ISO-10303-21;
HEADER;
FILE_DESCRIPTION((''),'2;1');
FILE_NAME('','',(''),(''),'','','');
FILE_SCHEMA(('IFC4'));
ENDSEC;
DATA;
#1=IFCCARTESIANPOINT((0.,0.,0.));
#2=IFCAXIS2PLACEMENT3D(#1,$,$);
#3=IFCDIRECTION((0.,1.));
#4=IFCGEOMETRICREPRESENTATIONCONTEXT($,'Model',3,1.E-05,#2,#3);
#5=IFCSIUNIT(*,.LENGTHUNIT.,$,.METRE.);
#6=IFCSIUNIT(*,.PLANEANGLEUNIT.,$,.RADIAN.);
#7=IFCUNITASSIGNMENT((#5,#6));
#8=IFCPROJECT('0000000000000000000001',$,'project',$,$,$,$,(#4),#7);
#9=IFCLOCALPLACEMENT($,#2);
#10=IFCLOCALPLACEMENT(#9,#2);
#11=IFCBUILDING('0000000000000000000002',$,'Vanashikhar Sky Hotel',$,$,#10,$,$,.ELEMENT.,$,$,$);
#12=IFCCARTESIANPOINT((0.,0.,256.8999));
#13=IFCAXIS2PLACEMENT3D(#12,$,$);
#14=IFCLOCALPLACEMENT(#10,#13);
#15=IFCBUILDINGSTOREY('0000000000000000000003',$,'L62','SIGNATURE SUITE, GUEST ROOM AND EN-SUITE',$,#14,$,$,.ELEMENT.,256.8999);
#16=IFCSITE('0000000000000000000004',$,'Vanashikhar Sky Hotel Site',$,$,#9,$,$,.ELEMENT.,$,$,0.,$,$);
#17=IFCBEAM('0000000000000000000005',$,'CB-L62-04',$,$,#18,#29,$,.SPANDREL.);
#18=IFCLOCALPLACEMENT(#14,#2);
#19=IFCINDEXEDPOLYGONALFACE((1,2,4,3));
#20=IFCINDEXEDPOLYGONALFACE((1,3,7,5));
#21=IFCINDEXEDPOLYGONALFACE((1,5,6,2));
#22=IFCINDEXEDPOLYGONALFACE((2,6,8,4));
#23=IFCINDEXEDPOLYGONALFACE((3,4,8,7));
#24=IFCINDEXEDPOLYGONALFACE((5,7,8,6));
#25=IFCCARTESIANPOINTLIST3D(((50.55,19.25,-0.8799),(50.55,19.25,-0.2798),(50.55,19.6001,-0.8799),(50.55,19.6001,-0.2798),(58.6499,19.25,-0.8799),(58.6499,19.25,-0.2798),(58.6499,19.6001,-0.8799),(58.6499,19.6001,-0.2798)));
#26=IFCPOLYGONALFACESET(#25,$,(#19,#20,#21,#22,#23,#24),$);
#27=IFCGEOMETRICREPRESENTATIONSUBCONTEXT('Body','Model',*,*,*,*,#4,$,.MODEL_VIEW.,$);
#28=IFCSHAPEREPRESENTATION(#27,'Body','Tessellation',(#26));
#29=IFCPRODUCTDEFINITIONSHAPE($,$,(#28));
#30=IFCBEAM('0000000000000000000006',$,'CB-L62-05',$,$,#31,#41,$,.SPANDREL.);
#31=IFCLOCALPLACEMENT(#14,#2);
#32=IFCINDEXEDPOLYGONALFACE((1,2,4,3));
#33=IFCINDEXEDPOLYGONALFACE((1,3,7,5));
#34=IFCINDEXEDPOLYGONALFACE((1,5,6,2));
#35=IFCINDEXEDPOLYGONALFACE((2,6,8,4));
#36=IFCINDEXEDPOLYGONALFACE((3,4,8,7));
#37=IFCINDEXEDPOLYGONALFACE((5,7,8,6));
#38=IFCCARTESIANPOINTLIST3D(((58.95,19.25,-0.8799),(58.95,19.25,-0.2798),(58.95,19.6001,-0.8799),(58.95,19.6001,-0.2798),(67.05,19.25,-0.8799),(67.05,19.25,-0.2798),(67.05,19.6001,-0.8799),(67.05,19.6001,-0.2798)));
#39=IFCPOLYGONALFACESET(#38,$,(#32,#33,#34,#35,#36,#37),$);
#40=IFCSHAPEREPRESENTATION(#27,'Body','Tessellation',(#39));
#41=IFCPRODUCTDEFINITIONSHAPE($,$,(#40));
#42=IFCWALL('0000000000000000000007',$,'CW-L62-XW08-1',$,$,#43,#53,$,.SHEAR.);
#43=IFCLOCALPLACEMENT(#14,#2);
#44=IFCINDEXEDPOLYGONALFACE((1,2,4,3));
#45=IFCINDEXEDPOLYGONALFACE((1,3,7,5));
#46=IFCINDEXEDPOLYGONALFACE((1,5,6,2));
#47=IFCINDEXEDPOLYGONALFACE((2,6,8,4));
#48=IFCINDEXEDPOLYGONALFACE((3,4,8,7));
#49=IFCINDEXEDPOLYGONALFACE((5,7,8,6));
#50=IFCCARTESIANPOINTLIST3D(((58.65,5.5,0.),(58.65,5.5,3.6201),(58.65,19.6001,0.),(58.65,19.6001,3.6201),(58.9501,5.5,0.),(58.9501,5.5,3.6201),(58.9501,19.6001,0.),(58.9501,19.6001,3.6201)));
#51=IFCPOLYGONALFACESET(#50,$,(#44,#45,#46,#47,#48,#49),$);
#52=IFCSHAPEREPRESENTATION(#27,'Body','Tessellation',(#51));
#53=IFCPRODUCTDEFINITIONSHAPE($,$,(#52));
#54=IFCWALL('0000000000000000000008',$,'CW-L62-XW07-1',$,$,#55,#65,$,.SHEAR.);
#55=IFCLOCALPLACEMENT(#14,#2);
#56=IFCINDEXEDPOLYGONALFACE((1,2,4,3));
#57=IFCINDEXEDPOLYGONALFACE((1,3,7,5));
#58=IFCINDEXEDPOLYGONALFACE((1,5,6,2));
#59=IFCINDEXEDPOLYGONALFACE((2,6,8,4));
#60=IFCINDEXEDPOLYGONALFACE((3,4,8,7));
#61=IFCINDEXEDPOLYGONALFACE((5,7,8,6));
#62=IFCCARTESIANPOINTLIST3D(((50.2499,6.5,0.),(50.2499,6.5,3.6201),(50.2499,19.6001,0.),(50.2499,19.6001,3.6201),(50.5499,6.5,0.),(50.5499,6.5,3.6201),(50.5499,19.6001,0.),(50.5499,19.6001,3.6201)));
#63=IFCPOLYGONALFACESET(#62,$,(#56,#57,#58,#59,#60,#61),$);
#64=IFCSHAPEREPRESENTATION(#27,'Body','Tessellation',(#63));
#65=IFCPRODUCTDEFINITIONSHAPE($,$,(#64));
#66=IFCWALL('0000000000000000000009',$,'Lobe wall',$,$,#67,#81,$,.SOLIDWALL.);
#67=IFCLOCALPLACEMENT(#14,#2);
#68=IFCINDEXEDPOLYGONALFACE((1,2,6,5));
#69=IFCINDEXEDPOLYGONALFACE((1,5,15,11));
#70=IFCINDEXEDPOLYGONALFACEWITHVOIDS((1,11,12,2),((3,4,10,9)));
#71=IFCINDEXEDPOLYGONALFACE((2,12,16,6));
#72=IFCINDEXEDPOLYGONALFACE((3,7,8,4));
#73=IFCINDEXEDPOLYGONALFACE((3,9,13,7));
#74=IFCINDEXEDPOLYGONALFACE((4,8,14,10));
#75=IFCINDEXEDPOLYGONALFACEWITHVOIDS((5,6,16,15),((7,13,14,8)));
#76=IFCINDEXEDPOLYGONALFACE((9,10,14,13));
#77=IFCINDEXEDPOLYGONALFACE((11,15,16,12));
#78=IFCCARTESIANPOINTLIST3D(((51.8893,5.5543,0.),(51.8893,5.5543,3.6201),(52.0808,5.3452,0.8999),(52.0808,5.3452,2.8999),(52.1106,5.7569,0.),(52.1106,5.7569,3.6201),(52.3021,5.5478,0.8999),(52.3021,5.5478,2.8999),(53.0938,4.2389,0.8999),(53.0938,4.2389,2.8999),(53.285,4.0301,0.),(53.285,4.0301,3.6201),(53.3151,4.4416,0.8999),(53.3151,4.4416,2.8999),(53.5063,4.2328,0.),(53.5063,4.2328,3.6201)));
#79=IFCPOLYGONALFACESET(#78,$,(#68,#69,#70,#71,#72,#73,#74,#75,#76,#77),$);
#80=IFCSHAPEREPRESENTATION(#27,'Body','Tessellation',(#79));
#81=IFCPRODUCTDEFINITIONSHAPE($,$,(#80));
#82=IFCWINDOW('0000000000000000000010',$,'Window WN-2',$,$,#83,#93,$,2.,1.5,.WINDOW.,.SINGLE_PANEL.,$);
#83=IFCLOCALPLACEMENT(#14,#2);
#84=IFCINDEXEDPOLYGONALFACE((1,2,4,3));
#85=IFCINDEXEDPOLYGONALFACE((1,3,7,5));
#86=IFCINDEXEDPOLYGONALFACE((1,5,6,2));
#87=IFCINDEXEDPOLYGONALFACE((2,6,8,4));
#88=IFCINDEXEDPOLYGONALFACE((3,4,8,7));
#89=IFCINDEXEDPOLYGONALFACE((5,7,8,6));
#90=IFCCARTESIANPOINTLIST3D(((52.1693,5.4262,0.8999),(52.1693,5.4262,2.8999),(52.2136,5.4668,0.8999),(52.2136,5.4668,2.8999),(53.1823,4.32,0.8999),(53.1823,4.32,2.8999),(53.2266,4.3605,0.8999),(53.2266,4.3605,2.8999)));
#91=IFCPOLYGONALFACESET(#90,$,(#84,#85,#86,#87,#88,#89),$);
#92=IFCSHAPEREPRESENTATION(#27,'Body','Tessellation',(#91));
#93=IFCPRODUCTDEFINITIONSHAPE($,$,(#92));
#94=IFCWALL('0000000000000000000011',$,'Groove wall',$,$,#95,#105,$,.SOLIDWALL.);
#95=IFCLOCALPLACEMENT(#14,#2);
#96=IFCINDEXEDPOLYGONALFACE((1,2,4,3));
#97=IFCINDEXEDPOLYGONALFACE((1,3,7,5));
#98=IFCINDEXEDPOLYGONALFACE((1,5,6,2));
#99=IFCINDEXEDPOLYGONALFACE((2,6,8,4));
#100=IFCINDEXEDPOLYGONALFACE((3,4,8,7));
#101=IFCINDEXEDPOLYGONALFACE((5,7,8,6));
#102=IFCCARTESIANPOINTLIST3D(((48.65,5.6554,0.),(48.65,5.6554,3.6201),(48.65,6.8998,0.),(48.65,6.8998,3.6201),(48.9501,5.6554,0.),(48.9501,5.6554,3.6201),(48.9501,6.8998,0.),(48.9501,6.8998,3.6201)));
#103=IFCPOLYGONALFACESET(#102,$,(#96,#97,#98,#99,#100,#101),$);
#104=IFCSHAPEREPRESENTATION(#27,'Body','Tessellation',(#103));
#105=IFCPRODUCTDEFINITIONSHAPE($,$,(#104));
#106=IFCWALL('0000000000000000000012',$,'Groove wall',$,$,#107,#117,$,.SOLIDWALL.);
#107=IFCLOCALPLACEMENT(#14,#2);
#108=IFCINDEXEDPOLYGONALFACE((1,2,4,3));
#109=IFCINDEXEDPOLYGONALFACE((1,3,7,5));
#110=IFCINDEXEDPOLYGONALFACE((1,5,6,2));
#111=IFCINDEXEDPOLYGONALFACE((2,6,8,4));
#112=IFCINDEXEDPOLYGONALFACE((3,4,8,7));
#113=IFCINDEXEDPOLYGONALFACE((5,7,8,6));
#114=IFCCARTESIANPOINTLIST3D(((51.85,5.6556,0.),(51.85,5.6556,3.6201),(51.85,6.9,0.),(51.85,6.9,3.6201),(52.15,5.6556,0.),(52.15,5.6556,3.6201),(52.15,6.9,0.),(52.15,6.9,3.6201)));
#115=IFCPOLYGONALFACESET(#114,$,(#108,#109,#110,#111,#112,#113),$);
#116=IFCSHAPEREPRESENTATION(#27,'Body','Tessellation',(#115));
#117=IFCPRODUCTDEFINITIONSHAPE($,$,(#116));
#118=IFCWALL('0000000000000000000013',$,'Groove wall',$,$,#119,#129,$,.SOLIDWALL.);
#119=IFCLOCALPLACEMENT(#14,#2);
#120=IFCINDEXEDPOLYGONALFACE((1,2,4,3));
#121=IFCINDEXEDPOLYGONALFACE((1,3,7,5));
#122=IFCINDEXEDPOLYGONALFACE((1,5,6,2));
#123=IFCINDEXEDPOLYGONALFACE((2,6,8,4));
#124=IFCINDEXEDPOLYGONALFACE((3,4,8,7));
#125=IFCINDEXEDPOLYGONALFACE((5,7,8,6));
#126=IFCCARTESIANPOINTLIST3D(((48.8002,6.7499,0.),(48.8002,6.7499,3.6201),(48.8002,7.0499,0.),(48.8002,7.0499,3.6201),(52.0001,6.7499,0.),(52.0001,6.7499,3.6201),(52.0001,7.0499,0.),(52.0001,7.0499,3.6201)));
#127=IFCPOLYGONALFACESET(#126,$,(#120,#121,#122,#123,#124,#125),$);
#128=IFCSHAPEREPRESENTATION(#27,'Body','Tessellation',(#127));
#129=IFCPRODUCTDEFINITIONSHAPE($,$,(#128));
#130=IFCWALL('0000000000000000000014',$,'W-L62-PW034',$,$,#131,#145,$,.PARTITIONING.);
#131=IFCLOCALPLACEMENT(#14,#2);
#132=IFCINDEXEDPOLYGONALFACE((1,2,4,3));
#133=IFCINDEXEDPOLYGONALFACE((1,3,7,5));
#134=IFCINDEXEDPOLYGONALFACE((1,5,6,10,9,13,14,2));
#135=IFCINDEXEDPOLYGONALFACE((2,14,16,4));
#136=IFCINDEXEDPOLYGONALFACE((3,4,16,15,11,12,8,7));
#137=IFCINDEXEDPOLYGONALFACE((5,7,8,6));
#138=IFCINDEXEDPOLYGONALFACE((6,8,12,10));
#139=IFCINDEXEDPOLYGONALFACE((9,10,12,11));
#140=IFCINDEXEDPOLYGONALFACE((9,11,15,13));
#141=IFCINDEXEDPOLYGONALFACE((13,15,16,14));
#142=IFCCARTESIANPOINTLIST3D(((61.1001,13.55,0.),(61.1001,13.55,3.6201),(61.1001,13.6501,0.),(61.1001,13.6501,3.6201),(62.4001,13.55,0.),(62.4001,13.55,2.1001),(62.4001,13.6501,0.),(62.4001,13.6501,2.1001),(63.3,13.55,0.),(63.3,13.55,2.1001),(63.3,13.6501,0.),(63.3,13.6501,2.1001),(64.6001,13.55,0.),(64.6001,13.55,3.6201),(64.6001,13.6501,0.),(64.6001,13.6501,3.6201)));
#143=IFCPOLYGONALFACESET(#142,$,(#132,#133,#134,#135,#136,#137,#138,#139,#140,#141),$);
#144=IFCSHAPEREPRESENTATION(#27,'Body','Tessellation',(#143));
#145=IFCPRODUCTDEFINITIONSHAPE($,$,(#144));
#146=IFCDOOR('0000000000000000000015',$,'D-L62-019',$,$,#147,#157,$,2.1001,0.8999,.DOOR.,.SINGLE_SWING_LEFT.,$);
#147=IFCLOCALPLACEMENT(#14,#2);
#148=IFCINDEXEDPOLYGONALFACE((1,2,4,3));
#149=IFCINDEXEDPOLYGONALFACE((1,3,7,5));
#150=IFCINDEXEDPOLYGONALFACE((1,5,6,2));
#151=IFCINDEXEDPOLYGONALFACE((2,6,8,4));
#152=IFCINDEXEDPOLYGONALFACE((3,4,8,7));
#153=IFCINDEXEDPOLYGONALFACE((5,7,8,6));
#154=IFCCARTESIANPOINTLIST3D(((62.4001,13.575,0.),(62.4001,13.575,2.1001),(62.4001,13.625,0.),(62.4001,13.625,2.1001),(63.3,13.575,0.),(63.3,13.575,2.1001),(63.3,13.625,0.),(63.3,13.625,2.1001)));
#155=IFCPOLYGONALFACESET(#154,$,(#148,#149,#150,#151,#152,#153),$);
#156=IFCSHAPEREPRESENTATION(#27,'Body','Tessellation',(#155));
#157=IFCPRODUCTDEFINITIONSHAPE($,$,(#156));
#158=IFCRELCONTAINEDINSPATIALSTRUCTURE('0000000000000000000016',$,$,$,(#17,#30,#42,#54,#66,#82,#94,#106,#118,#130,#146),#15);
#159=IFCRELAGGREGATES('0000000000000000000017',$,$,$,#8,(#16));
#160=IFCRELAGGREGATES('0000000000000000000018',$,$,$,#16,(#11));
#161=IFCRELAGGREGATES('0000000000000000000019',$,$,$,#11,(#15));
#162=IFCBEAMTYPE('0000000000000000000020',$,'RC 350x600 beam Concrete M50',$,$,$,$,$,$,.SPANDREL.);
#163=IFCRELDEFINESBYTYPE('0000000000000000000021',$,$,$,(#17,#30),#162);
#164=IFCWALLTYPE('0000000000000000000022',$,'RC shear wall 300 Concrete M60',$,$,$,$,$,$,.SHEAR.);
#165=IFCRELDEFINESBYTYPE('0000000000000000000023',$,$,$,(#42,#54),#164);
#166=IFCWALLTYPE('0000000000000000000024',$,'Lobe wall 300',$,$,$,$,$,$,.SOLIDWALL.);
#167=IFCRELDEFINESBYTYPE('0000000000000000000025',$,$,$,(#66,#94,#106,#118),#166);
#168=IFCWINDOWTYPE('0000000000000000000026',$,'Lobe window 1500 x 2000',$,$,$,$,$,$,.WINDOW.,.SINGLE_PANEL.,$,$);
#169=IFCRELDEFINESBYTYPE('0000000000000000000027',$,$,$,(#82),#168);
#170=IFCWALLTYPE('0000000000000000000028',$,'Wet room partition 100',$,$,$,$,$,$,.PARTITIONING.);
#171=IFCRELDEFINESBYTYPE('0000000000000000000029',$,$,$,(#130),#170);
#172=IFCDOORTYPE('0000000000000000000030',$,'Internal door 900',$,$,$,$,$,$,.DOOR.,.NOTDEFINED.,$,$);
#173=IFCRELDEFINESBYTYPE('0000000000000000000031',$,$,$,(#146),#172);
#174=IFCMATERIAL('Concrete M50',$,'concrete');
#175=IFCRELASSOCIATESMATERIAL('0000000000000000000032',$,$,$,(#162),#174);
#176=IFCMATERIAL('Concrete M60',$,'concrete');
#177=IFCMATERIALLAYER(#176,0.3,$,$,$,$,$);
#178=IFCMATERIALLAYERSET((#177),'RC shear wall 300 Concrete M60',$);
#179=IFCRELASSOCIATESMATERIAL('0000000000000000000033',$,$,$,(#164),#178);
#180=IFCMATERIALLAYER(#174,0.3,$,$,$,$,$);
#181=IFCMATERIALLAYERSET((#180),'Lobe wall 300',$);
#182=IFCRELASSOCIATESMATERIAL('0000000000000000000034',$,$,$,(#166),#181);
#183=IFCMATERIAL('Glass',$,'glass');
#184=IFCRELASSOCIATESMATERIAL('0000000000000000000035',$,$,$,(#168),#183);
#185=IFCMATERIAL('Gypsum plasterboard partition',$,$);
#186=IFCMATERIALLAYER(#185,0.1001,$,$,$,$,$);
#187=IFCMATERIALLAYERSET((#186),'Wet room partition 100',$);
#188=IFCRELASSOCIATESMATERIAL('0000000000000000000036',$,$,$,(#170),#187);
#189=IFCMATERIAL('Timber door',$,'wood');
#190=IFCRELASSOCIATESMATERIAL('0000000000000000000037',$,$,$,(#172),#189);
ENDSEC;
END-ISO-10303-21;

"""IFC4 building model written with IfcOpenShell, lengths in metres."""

from ifc_helpers import new_model, si_unit, direction, frame, frame_2d, origin, origin_2d, place, context, subcontext, project, spatial, rectangle, extrude, source, transform, mapped, material, layer, layer_set, material_profile, profile_set, type_object, element, fill, save


model = new_model("IFC4")

# Units and contexts
model_context = context("Model", 3, precision=1e-05, world=origin(), true_north=direction((0.0, 1.0)))
body_context = subcontext(model_context, "Body", "Model", "MODEL_VIEW")
ifc_project = project(units=[si_unit("LENGTHUNIT", "METRE"), si_unit("PLANEANGLEUNIT", "RADIAN")], contexts=[model_context])

# Site, building, storey
site_placement = place(None, origin())
site = spatial("IfcSite", under=ifc_project, at=site_placement, Name="Vanashikhar Sky Hotel Site", CompositionType="ELEMENT", RefElevation=0.0)
building_placement = place(site_placement, origin())
building = spatial("IfcBuilding", under=site, at=building_placement, Name="Vanashikhar Sky Hotel", CompositionType="ELEMENT")
storey_placement = place(building_placement, frame((0.0, 0.0, 256.8999)))
storey = spatial("IfcBuildingStorey", under=building, at=storey_placement, Name="L62", Description="SIGNATURE SUITE, GUEST ROOM AND EN-SUITE", CompositionType="ELEMENT", Elevation=256.8999)

# Beams
ifc_material_1 = material(Name="Concrete M50", Category="concrete")
ifc_material_profile = material_profile(ifc_material_1, rectangle(XDim=0.3501, YDim=0.6001, at=origin_2d()))
ifc_profile_set = profile_set([ifc_material_profile], Name="RC 350x600 beam Concrete M50")
beam_type = type_object("IfcBeamType", Name="RC 350x600 beam Concrete M50", PredefinedType="SPANDREL", material=ifc_profile_set)
shared_shape_1 = source(origin(), body_context, "Body", "SweptSolid", [
    extrude(rectangle(XDim=0.3501, YDim=0.6001, at=origin_2d()), origin(), (0.0, 0.0, 1.0), 8.0999),
])
beam_1_placement = place(storey_placement, frame((50.55, 19.425, -0.5798), z_axis=(1.0, 0.0, 0.0), x_axis=(0.0, 1.0, 0.0)))
element("IfcBeam", 1, at=beam_1_placement, inside=storey, type_object=beam_type, Name="CB-L62-04", PredefinedType="SPANDREL", context=body_context, shape_type="MappedRepresentation", body=[
    mapped(shared_shape_1, transform((0.0, 0.0, 0.0), scale=1.0)),
])
shared_shape_2 = source(origin(), body_context, "Body", "SweptSolid", [
    extrude(rectangle(XDim=0.3501, YDim=0.6001, at=origin_2d()), origin(), (0.0, 0.0, 1.0), 8.1001),
])
beam_2_placement = place(storey_placement, frame((58.95, 19.425, -0.5798), z_axis=(1.0, 0.0, 0.0), x_axis=(0.0, 1.0, 0.0)))
element("IfcBeam", 2, at=beam_2_placement, inside=storey, type_object=beam_type, Name="CB-L62-05", PredefinedType="SPANDREL", context=body_context, shape_type="MappedRepresentation", body=[
    mapped(shared_shape_2, transform((0.0, 0.0, 0.0), scale=1.0)),
])

# Walls
ifc_material_2 = material(Name="Concrete M60", Category="concrete")
ifc_layer_1 = layer(ifc_material_2, 0.3)
ifc_layer_set_1 = layer_set([ifc_layer_1], Name="RC shear wall 300 Concrete M60")
wall_type_1 = type_object("IfcWallType", Name="RC shear wall 300 Concrete M60", PredefinedType="SHEAR", material=ifc_layer_set_1)
shared_shape_3 = source(origin(), body_context, "Body", "SweptSolid", [
    extrude(rectangle(XDim=14.1001, YDim=0.3, at=frame_2d((7.05, 0.0))), origin(), (0.0, 0.0, 1.0), 3.6201),
])
wall_1_placement = place(storey_placement, frame((58.8, 5.5, 0.0), z_axis=(0.0, 0.0, 1.0), x_axis=(0.0, 1.0, 0.0)))
element("IfcWall", 3, at=wall_1_placement, inside=storey, type_object=wall_type_1, Name="CW-L62-XW08-1", PredefinedType="SHEAR", context=body_context, shape_type="MappedRepresentation", body=[
    mapped(shared_shape_3, transform((0.0, 0.0, 0.0), scale=1.0)),
])
shared_shape_4 = source(origin(), body_context, "Body", "SweptSolid", [
    extrude(rectangle(XDim=13.1001, YDim=0.3, at=frame_2d((6.55, 0.0))), origin(), (0.0, 0.0, 1.0), 3.6201),
])
wall_2_placement = place(storey_placement, frame((50.3999, 6.5, 0.0), z_axis=(0.0, 0.0, 1.0), x_axis=(0.0, 1.0, 0.0)))
element("IfcWall", 4, at=wall_2_placement, inside=storey, type_object=wall_type_1, Name="CW-L62-XW07-1", PredefinedType="SHEAR", context=body_context, shape_type="MappedRepresentation", body=[
    mapped(shared_shape_4, transform((0.0, 0.0, 0.0), scale=1.0)),
])

# Wall, opening, window
ifc_layer_2 = layer(ifc_material_1, 0.3)
ifc_layer_set_2 = layer_set([ifc_layer_2], Name="Lobe wall 300")
wall_type_2 = type_object("IfcWallType", Name="Lobe wall 300", PredefinedType="SOLIDWALL", material=ifc_layer_set_2)
shared_shape_5 = source(origin(), body_context, "Body", "SweptSolid", [
    extrude(rectangle(XDim=2.0667, YDim=0.3, at=frame_2d((1.0332, 0.0))), origin(), (0.0, 0.0, 1.0), 3.6201),
])
wall_3_placement = place(storey_placement, frame((52.0, 5.6555, 0.0), z_axis=(0.0, 0.0, 1.0), x_axis=(0.675355, -0.737492, 0.0)))
wall_3 = element("IfcWall", 5, at=wall_3_placement, inside=storey, type_object=wall_type_2, Name="Lobe wall", PredefinedType="SOLIDWALL", context=body_context, shape_type="MappedRepresentation", body=[
    mapped(shared_shape_5, transform((0.0, 0.0, 0.0), scale=1.0)),
])
shared_shape_6 = source(origin(), body_context, "Body", "SweptSolid", [
    extrude(rectangle(XDim=1.5, YDim=2.0, at=frame_2d((0.75, 1.0))), frame((0.0, 0.1602, 0.0), z_axis=(0.0, -1.0, 0.0), x_axis=(1.0, 0.0, 0.0)), (0.0, 0.0, 1.0), 0.3201),
])
opening_1_placement = place(wall_3_placement, frame((0.2834, 0.0, 0.8999)))
opening_1 = element("IfcOpeningElement", 6, at=opening_1_placement, cuts=wall_3, PredefinedType="OPENING", context=body_context, shape_type="MappedRepresentation", body=[
    mapped(shared_shape_6, transform((0.0, 0.0, 0.0), scale=1.0)),
])
ifc_material_3 = material(Name="Glass", Category="glass")
window_type = type_object("IfcWindowType", Name="Lobe window 1500 x 2000", PartitioningType="SINGLE_PANEL", PredefinedType="WINDOW", material=ifc_material_3)
shared_shape_7 = source(origin(), body_context, "Body", "SweptSolid", [
    extrude(rectangle(XDim=1.5, YDim=2.0, at=frame_2d((0.75, 1.0))), frame((0.0, 0.03, 0.0), z_axis=(0.0, -1.0, 0.0), x_axis=(1.0, 0.0, 0.0)), (0.0, 0.0, 1.0), 0.0601),
])
window_placement = place(opening_1_placement, origin())
window = element("IfcWindow", 7, at=window_placement, inside=storey, type_object=window_type, Name="Window WN-2", OverallHeight=2.0, OverallWidth=1.5, PartitioningType="SINGLE_PANEL", PredefinedType="WINDOW", context=body_context, shape_type="MappedRepresentation", body=[
    mapped(shared_shape_7, transform((0.0, 0.0, 0.0), scale=1.0)),
])
fill(opening_1, window)

# Walls
shared_shape_8 = source(origin(), body_context, "Body", "SweptSolid", [
    extrude(rectangle(XDim=1.2444, YDim=0.3, at=frame_2d((0.6221, 0.0))), origin(), (0.0, 0.0, 1.0), 3.6201),
])
for number, where, z_axis, x_axis, name in (
    (8, (48.8, 5.6555, 0.0), (0.0, 0.0, 1.0), (0.0, 1.0, 0.0), "Groove wall"),
    (9, (52.0, 6.8999, 0.0), (0.0, 0.0, 1.0), (0.0, -1.0, 0.0), "Groove wall"),
):
    element("IfcWall", number, at=place(storey_placement, frame(where, z_axis=z_axis, x_axis=x_axis)), inside=storey, type_object=wall_type_2, Name=name, PredefinedType="SOLIDWALL", context=body_context, shape_type="MappedRepresentation", body=[
        mapped(shared_shape_8, transform((0.0, 0.0, 0.0), scale=1.0)),
    ])
shared_shape_9 = source(origin(), body_context, "Body", "SweptSolid", [
    extrude(rectangle(XDim=3.2, YDim=0.3, at=frame_2d((1.6001, 0.0))), origin(), (0.0, 0.0, 1.0), 3.6201),
])
wall_4_placement = place(storey_placement, frame((48.8, 6.8999, 0.0), z_axis=(0.0, 0.0, 1.0), x_axis=(1.0, 0.0, 0.0)))
element("IfcWall", 10, at=wall_4_placement, inside=storey, type_object=wall_type_2, Name="Groove wall", PredefinedType="SOLIDWALL", context=body_context, shape_type="MappedRepresentation", body=[
    mapped(shared_shape_9, transform((0.0, 0.0, 0.0), scale=1.0)),
])

# Wall, opening, door
ifc_material_4 = material(Name="Gypsum plasterboard partition")
ifc_layer_3 = layer(ifc_material_4, 0.1001)
ifc_layer_set_3 = layer_set([ifc_layer_3], Name="Wet room partition 100")
wall_type_3 = type_object("IfcWallType", Name="Wet room partition 100", PredefinedType="PARTITIONING", material=ifc_layer_set_3)
shared_shape_10 = source(origin(), body_context, "Body", "SweptSolid", [
    extrude(rectangle(XDim=3.5, YDim=0.1001, at=frame_2d((1.75, 0.0))), origin(), (0.0, 0.0, 1.0), 3.6201),
])
wall_5_placement = place(storey_placement, frame((61.1001, 13.6001, 0.0), z_axis=(0.0, 0.0, 1.0), x_axis=(1.0, 0.0, 0.0)))
wall_5 = element("IfcWall", 11, at=wall_5_placement, inside=storey, type_object=wall_type_3, Name="W-L62-PW034", PredefinedType="PARTITIONING", context=body_context, shape_type="MappedRepresentation", body=[
    mapped(shared_shape_10, transform((0.0, 0.0, 0.0), scale=1.0)),
])
shared_shape_11 = source(origin(), body_context, "Body", "SweptSolid", [
    extrude(rectangle(XDim=0.8999, YDim=2.1001, at=frame_2d((0.45, 1.05))), frame((0.0, 0.0601, 0.0), z_axis=(0.0, -1.0, 0.0), x_axis=(1.0, 0.0, 0.0)), (0.0, 0.0, 1.0), 0.1201),
])
opening_2_placement = place(wall_5_placement, frame((1.3, 0.0, 0.0)))
opening_2 = element("IfcOpeningElement", 12, at=opening_2_placement, cuts=wall_5, PredefinedType="OPENING", context=body_context, shape_type="MappedRepresentation", body=[
    mapped(shared_shape_11, transform((0.0, 0.0, 0.0), scale=1.0)),
])
ifc_material_5 = material(Name="Timber door", Category="wood")
door_type_1 = type_object("IfcDoorType", Name="Internal door 900", OperationType="NOTDEFINED", PredefinedType="DOOR", material=ifc_material_5)
shared_shape_12 = source(origin(), body_context, "Body", "SweptSolid", [
    extrude(rectangle(XDim=0.8999, YDim=2.1001, at=frame_2d((0.45, 1.05))), frame((0.0, 0.0249, 0.0), z_axis=(0.0, -1.0, 0.0), x_axis=(1.0, 0.0, 0.0)), (0.0, 0.0, 1.0), 0.05),
])
door_1_placement = place(opening_2_placement, origin())
door_1 = element("IfcDoor", 13, at=door_1_placement, inside=storey, type_object=door_type_1, Name="D-L62-019", OperationType="SINGLE_SWING_LEFT", OverallHeight=2.1001, OverallWidth=0.8999, PredefinedType="DOOR", context=body_context, shape_type="MappedRepresentation", body=[
    mapped(shared_shape_12, transform((0.0, 0.0, 0.0), scale=1.0)),
])
fill(opening_2, door_1)

save(model, "model.ifc")
